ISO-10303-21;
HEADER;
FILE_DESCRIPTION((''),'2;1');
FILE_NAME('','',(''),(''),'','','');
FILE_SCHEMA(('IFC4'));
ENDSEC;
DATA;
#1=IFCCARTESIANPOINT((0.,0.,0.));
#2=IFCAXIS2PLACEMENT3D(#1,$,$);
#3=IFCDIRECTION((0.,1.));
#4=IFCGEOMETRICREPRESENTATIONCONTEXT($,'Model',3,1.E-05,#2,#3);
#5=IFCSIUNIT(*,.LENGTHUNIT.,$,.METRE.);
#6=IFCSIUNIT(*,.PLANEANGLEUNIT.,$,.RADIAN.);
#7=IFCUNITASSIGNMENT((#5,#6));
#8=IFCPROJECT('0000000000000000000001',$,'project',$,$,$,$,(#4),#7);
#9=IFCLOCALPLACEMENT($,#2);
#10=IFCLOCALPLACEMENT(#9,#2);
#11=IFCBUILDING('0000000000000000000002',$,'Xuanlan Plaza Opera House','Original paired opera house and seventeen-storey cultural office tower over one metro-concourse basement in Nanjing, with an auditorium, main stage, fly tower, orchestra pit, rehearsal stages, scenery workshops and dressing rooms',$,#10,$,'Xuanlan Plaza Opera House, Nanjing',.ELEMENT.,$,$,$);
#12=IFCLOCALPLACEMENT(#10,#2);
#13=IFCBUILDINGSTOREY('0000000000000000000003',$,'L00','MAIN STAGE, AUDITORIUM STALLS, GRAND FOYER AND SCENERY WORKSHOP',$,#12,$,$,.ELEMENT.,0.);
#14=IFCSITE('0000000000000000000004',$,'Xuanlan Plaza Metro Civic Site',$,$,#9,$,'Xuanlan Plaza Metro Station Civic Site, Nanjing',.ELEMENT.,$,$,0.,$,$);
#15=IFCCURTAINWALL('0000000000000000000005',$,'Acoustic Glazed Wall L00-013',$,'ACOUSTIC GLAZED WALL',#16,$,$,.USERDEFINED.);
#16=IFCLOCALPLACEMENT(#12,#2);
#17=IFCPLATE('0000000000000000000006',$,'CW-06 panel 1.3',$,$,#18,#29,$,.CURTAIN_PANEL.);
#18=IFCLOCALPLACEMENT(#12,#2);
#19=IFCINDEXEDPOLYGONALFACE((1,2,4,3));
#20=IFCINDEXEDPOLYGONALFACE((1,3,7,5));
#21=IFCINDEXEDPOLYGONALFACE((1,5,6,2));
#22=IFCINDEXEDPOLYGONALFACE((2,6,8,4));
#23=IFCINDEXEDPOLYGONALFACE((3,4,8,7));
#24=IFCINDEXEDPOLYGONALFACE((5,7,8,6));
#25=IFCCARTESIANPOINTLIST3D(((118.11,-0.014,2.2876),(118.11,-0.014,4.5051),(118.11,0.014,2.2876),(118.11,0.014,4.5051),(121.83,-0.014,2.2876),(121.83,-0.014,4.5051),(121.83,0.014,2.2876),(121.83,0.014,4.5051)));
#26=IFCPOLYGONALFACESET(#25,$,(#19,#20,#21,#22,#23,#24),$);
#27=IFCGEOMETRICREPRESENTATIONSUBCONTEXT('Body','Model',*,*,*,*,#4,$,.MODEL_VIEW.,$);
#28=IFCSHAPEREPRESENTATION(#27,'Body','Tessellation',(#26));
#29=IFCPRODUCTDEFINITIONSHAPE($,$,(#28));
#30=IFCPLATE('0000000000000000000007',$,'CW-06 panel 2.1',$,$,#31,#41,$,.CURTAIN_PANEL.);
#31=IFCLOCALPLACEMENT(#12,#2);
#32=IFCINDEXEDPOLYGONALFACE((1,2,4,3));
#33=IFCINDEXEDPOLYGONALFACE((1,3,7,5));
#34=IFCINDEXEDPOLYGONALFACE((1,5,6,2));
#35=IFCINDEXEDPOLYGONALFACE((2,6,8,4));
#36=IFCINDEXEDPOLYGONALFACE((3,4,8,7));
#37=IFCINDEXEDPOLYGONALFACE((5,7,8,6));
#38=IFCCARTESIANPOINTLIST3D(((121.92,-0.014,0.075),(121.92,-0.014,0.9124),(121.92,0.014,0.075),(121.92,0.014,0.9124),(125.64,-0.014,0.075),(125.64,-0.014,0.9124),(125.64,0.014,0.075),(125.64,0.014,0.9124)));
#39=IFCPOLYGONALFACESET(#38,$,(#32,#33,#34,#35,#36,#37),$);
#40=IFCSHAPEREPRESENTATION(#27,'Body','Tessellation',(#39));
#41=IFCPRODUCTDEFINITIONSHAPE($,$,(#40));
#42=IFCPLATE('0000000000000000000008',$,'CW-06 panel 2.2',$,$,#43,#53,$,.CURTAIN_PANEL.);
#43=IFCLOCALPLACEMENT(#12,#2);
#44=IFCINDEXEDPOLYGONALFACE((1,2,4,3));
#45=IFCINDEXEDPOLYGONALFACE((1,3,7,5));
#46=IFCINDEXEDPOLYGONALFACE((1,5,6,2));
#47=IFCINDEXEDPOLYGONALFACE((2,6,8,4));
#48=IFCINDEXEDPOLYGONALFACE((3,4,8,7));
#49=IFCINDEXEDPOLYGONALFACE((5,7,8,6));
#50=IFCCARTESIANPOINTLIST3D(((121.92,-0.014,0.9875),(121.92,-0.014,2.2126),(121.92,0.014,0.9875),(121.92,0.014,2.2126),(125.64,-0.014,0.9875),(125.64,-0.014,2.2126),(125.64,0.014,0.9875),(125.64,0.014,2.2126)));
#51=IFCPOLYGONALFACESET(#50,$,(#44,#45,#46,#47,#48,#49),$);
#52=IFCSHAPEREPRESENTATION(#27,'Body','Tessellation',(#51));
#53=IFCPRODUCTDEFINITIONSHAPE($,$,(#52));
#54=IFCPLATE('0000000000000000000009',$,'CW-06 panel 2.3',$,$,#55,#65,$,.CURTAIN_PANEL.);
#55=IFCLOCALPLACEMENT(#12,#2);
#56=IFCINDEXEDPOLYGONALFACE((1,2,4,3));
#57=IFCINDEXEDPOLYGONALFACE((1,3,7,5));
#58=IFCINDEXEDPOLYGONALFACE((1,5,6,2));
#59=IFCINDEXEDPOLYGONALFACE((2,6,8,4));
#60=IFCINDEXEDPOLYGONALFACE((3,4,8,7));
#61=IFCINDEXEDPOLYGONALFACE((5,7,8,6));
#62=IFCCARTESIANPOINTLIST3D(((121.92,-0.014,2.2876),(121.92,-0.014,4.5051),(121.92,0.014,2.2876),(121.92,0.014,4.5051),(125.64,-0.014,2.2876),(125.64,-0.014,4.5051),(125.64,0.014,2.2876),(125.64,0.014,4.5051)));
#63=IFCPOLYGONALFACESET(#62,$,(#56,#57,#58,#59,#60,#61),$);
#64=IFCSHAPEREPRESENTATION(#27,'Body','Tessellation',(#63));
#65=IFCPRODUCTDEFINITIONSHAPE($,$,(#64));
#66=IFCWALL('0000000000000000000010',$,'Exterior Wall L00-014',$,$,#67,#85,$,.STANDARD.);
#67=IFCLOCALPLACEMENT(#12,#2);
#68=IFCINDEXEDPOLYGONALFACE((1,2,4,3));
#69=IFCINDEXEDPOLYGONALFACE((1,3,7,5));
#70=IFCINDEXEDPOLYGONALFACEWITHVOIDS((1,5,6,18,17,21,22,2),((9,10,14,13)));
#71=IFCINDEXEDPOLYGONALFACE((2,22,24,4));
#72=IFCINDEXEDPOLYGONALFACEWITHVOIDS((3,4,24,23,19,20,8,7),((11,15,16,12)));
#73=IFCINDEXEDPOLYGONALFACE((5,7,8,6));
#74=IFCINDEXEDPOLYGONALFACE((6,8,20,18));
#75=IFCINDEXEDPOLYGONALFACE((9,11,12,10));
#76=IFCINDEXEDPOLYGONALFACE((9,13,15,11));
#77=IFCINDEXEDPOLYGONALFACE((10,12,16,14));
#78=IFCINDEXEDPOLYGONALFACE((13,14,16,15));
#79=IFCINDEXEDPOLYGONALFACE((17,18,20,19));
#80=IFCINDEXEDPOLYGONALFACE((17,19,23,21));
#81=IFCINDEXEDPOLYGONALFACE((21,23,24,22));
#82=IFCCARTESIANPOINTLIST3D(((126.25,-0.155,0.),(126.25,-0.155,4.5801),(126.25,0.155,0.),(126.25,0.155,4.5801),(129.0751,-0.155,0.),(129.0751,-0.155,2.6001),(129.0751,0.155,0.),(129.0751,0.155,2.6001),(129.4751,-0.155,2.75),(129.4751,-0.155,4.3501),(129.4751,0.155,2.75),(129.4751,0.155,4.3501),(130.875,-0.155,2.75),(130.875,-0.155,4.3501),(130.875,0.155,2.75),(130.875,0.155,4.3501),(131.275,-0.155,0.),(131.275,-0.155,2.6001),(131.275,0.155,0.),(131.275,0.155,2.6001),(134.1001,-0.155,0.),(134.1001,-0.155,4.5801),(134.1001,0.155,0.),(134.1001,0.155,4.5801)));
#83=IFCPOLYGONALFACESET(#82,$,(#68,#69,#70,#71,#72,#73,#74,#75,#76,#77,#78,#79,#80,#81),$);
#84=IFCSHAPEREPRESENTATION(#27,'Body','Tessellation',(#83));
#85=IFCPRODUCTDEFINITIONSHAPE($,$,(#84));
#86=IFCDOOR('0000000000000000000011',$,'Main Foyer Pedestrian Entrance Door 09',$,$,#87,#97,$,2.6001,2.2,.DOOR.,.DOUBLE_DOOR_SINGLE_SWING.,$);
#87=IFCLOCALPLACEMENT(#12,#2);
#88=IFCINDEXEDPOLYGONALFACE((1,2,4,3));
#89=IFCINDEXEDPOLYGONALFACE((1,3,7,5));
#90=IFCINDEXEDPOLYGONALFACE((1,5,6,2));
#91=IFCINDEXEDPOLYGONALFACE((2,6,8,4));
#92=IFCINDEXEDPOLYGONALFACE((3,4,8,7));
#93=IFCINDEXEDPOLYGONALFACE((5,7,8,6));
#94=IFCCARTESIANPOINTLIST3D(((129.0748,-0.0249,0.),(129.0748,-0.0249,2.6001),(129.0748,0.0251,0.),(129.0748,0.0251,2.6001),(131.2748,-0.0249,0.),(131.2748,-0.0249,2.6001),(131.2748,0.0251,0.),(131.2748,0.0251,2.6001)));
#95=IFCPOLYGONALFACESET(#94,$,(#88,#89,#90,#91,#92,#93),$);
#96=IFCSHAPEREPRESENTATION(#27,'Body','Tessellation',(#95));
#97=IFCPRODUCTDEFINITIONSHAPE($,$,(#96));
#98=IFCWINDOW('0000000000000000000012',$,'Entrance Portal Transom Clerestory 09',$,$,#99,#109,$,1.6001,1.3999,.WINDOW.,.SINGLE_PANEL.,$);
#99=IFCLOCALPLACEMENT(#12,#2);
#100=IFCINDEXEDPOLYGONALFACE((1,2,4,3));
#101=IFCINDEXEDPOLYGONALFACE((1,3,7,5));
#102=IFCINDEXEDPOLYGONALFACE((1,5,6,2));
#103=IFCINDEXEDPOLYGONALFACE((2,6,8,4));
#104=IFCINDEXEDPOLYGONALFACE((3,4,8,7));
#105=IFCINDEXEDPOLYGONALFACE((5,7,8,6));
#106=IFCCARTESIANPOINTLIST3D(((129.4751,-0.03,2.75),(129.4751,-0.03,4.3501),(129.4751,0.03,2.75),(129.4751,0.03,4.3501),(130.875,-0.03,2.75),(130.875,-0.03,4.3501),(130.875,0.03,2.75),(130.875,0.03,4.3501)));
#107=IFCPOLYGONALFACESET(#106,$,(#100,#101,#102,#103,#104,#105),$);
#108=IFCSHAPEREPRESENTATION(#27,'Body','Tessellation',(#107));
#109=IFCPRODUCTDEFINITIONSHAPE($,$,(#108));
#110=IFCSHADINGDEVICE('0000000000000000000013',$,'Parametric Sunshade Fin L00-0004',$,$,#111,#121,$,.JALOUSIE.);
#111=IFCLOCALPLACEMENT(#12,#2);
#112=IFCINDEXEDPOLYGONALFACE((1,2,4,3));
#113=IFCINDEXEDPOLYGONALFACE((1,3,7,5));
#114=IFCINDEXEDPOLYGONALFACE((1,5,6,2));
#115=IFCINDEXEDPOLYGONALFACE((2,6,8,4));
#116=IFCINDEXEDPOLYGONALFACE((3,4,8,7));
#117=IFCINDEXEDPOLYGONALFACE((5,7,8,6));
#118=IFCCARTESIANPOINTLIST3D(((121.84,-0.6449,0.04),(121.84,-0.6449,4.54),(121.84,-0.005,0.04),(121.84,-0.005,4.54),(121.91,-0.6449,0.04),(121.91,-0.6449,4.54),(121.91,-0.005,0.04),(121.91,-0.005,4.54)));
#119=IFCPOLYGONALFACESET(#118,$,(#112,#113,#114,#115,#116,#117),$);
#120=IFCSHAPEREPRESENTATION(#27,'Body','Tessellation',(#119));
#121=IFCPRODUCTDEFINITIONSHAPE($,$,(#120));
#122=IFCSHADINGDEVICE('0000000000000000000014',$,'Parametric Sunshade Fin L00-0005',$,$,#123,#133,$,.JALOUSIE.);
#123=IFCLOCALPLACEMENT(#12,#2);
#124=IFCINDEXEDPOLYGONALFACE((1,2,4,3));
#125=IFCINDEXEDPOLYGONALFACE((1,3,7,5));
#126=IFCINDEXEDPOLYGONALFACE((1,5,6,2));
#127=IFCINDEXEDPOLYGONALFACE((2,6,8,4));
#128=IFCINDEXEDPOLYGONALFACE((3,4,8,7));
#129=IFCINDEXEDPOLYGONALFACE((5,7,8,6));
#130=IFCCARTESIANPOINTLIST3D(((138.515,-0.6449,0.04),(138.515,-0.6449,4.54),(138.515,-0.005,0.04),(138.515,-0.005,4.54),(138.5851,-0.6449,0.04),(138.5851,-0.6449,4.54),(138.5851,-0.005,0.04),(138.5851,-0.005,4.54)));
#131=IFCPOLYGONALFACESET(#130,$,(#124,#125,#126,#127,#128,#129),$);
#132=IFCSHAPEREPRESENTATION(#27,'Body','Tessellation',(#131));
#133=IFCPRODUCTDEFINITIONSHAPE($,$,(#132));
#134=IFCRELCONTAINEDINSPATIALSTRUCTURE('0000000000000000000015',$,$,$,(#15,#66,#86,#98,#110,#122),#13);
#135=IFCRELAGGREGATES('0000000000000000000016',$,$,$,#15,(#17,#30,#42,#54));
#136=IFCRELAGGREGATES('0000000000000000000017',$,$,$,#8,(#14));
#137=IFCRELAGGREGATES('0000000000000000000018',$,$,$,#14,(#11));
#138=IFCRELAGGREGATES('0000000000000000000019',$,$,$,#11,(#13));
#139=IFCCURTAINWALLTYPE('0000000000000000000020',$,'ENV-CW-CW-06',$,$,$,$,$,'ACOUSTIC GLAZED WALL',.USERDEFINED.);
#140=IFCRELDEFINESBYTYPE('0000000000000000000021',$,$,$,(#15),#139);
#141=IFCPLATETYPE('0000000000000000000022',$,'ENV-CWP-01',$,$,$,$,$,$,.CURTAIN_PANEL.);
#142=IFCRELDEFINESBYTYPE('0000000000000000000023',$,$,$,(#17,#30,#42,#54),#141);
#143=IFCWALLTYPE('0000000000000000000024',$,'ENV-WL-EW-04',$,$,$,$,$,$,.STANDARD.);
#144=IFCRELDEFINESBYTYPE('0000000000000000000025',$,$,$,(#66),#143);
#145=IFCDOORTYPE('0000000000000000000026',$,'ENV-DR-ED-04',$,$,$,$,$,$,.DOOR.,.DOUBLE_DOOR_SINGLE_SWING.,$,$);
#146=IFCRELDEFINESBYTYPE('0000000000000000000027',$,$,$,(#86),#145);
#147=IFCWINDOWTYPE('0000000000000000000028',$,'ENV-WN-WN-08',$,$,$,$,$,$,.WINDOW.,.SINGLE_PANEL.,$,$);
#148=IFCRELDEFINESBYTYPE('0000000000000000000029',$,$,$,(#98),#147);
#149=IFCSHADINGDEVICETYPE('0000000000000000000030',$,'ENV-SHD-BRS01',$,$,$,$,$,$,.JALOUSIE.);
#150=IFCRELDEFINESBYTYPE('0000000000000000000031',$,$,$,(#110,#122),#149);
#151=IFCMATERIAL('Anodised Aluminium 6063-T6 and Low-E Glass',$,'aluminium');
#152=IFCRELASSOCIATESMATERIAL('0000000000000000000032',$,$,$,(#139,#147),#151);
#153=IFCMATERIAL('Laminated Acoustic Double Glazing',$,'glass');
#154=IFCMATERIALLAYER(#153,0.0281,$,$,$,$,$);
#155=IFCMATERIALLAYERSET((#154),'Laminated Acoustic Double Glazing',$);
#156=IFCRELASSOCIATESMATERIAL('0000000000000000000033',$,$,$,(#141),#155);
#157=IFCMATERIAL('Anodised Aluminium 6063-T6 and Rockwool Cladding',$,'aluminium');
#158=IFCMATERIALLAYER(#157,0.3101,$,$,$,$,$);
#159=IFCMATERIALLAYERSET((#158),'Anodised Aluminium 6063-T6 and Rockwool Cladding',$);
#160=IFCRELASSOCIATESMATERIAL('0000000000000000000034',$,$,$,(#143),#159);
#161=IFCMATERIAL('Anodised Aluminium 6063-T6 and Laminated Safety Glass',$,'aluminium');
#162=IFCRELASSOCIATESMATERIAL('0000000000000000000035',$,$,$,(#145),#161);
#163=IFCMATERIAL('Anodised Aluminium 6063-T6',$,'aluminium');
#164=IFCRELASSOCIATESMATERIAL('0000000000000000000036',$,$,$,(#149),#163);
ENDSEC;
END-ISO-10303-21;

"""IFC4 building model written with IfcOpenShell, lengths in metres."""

from ifc_helpers import new_model, si_unit, direction, frame, frame_2d, origin, origin_2d, place, context, subcontext, project, spatial, rectangle, extrude, material, layer, layer_set, type_object, element, fill, aggregate, save


model = new_model("IFC4")

# Units and contexts
model_context = context("Model", 3, precision=1e-05, world=origin(), true_north=direction((0.0, 1.0)))
body_context = subcontext(model_context, "Body", "Model", "MODEL_VIEW")
ifc_project = project(units=[si_unit("LENGTHUNIT", "METRE"), si_unit("PLANEANGLEUNIT", "RADIAN")], contexts=[model_context])

# Site, building, storey
site_placement = place(None, origin())
site = spatial("IfcSite", under=ifc_project, at=site_placement, Name="Xuanlan Plaza Metro Civic Site", LongName="Xuanlan Plaza Metro Station Civic Site, Nanjing", CompositionType="ELEMENT", RefElevation=0.0)
building_placement = place(site_placement, origin())
building = spatial("IfcBuilding", under=site, at=building_placement, Name="Xuanlan Plaza Opera House", Description="Original paired opera house and seventeen-storey cultural office tower over one metro-concourse basement in Nanjing, with an auditorium, main stage, fly tower, orchestra pit, rehearsal stages, scenery workshops and dressing rooms", LongName="Xuanlan Plaza Opera House, Nanjing", CompositionType="ELEMENT")
storey_placement = place(building_placement, origin())
storey = spatial("IfcBuildingStorey", under=building, at=storey_placement, Name="L00", Description="MAIN STAGE, AUDITORIUM STALLS, GRAND FOYER AND SCENERY WORKSHOP", CompositionType="ELEMENT", Elevation=0.0)

# Curtain wall
ifc_material_1 = material(Name="Anodised Aluminium 6063-T6 and Low-E Glass", Category="aluminium")
curtain_wall_type = type_object("IfcCurtainWallType", Name="ENV-CW-CW-06", ElementType="ACOUSTIC GLAZED WALL", PredefinedType="USERDEFINED", material=ifc_material_1)
curtain_wall_placement = place(storey_placement, origin())
curtain_wall = element("IfcCurtainWall", 1, at=curtain_wall_placement, inside=storey, type_object=curtain_wall_type, Name="Acoustic Glazed Wall L00-013", ObjectType="ACOUSTIC GLAZED WALL", PredefinedType="USERDEFINED")
ifc_material_2 = material(Name="Anodised Aluminium 6063-T6", Category="aluminium")

# Plates
ifc_material_3 = material(Name="Laminated Acoustic Double Glazing", Category="glass")
ifc_layer_1 = layer(ifc_material_3, 0.0281)
ifc_layer_set_1 = layer_set([ifc_layer_1], Name="Laminated Acoustic Double Glazing")
plate_type = type_object("IfcPlateType", Name="ENV-CWP-01", PredefinedType="CURTAIN_PANEL", material=ifc_layer_set_1)
plate_1_placement = place(storey_placement, frame((119.97, 0.0, 2.2876), z_axis=(0.0, 0.0, 1.0), x_axis=(1.0, 0.0, 0.0)))
plate_1 = element("IfcPlate", 2, at=plate_1_placement, type_object=plate_type, Name="CW-06 panel 1.3", PredefinedType="CURTAIN_PANEL", context=body_context, shape_type="SweptSolid", body=[
    extrude(rectangle(XDim=3.72, YDim=0.0281, at=origin_2d()), origin(), (0.0, 0.0, 1.0), 2.2175),
])
plate_2_placement = place(storey_placement, frame((123.78, 0.0, 0.075), z_axis=(0.0, 0.0, 1.0), x_axis=(1.0, 0.0, 0.0)))
plate_2 = element("IfcPlate", 3, at=plate_2_placement, type_object=plate_type, Name="CW-06 panel 2.1", PredefinedType="CURTAIN_PANEL", context=body_context, shape_type="SweptSolid", body=[
    extrude(rectangle(XDim=3.72, YDim=0.0281, at=origin_2d()), origin(), (0.0, 0.0, 1.0), 0.8374),
])
plate_3_placement = place(storey_placement, frame((123.78, 0.0, 0.9875), z_axis=(0.0, 0.0, 1.0), x_axis=(1.0, 0.0, 0.0)))
plate_3 = element("IfcPlate", 4, at=plate_3_placement, type_object=plate_type, Name="CW-06 panel 2.2", PredefinedType="CURTAIN_PANEL", context=body_context, shape_type="SweptSolid", body=[
    extrude(rectangle(XDim=3.72, YDim=0.0281, at=origin_2d()), origin(), (0.0, 0.0, 1.0), 1.2251),
])
plate_4_placement = place(storey_placement, frame((123.78, 0.0, 2.2876), z_axis=(0.0, 0.0, 1.0), x_axis=(1.0, 0.0, 0.0)))
plate_4 = element("IfcPlate", 5, at=plate_4_placement, type_object=plate_type, Name="CW-06 panel 2.3", PredefinedType="CURTAIN_PANEL", context=body_context, shape_type="SweptSolid", body=[
    extrude(rectangle(XDim=3.72, YDim=0.0281, at=origin_2d()), origin(), (0.0, 0.0, 1.0), 2.2175),
])
aggregate(curtain_wall, [plate_1, plate_2, plate_3, plate_4])

# Wall, openings, door, window
ifc_material_4 = material(Name="Anodised Aluminium 6063-T6 and Rockwool Cladding", Category="aluminium")
ifc_layer_2 = layer(ifc_material_4, 0.3101)
ifc_layer_set_2 = layer_set([ifc_layer_2], Name="Anodised Aluminium 6063-T6 and Rockwool Cladding")
wall_type = type_object("IfcWallType", Name="ENV-WL-EW-04", PredefinedType="STANDARD", material=ifc_layer_set_2)
wall_placement = place(storey_placement, frame((126.25, 0.0, 0.0), z_axis=(0.0, 0.0, 1.0), x_axis=(1.0, 0.0, 0.0)))
wall = element("IfcWall", 6, at=wall_placement, inside=storey, type_object=wall_type, Name="Exterior Wall L00-014", PredefinedType="STANDARD", context=body_context, shape_type="SweptSolid", body=[
    extrude(rectangle(XDim=7.8501, YDim=0.3101, at=frame_2d((3.925, 0.0))), origin(), (0.0, 0.0, 1.0), 4.5801),
])
opening_1_placement = place(wall_placement, frame((2.825, 0.0, 0.0)))
opening_1 = element("IfcOpeningElement", 7, at=opening_1_placement, cuts=wall, PredefinedType="OPENING", context=body_context, shape_type="SweptSolid", body=[
    extrude(rectangle(XDim=2.2, YDim=2.6001, at=frame_2d((1.1001, 1.3))), frame((0.0, 0.165, 0.0), z_axis=(0.0, -1.0, 0.0), x_axis=(1.0, 0.0, 0.0)), (0.0, 0.0, 1.0), 0.3301),
])
opening_2_placement = place(wall_placement, frame((3.2251, 0.0, 2.75)))
opening_2 = element("IfcOpeningElement", 8, at=opening_2_placement, cuts=wall, PredefinedType="OPENING", context=body_context, shape_type="SweptSolid", body=[
    extrude(rectangle(XDim=1.3999, YDim=1.6001, at=frame_2d((0.7, 0.8))), frame((0.0, 0.165, 0.0), z_axis=(0.0, -1.0, 0.0), x_axis=(1.0, 0.0, 0.0)), (0.0, 0.0, 1.0), 0.3301),
])
ifc_material_5 = material(Name="Anodised Aluminium 6063-T6 and Laminated Safety Glass", Category="aluminium")
door_type = type_object("IfcDoorType", Name="ENV-DR-ED-04", OperationType="DOUBLE_DOOR_SINGLE_SWING", PredefinedType="DOOR", material=ifc_material_5)
door_placement = place(opening_1_placement, frame((2.2, 0.0, 0.0), z_axis=(0.0, 0.0, 1.0), x_axis=(-1.0, 0.0, 0.0)))
door = element("IfcDoor", 9, at=door_placement, inside=storey, type_object=door_type, Name="Main Foyer Pedestrian Entrance Door 09", OperationType="DOUBLE_DOOR_SINGLE_SWING", OverallHeight=2.6001, OverallWidth=2.2, PredefinedType="DOOR", context=body_context, shape_type="SweptSolid", body=[
    extrude(rectangle(XDim=2.2, YDim=2.6001, at=frame_2d((1.1001, 1.3))), frame((0.0, 0.0249, 0.0), z_axis=(0.0, -1.0, 0.0), x_axis=(1.0, 0.0, 0.0)), (0.0, 0.0, 1.0), 0.05),
])
fill(opening_1, door)
window_type = type_object("IfcWindowType", Name="ENV-WN-WN-08", PartitioningType="SINGLE_PANEL", PredefinedType="WINDOW", material=ifc_material_1)
window_placement = place(opening_2_placement, origin())
window = element("IfcWindow", 10, at=window_placement, inside=storey, type_object=window_type, Name="Entrance Portal Transom Clerestory 09", OverallHeight=1.6001, OverallWidth=1.3999, PartitioningType="SINGLE_PANEL", PredefinedType="WINDOW", context=body_context, shape_type="SweptSolid", body=[
    extrude(rectangle(XDim=1.3999, YDim=1.6001, at=frame_2d((0.7, 0.8))), frame((0.0, 0.03, 0.0), z_axis=(0.0, -1.0, 0.0), x_axis=(1.0, 0.0, 0.0)), (0.0, 0.0, 1.0), 0.0601),
])
fill(opening_2, window)

# Shading devices
shading_device_type = type_object("IfcShadingDeviceType", Name="ENV-SHD-BRS01", PredefinedType="JALOUSIE", material=ifc_material_2)
for number, where, z_axis, x_axis, name in (
    (11, (121.875, -0.325, 0.04), (0.0, 0.0, 1.0), (0.0, -1.0, 0.0), "Parametric Sunshade Fin L00-0004"),
    (12, (138.55, -0.325, 0.04), (0.0, 0.0, 1.0), (0.0, -1.0, 0.0), "Parametric Sunshade Fin L00-0005"),
):
    element("IfcShadingDevice", number, at=place(storey_placement, frame(where, z_axis=z_axis, x_axis=x_axis)), inside=storey, type_object=shading_device_type, Name=name, PredefinedType="JALOUSIE", context=body_context, shape_type="SweptSolid", body=[
        extrude(rectangle(XDim=0.6399, YDim=0.0701, at=origin_2d()), origin(), (0.0, 0.0, 1.0), 4.5),
    ])

save(model, "model.ifc")
